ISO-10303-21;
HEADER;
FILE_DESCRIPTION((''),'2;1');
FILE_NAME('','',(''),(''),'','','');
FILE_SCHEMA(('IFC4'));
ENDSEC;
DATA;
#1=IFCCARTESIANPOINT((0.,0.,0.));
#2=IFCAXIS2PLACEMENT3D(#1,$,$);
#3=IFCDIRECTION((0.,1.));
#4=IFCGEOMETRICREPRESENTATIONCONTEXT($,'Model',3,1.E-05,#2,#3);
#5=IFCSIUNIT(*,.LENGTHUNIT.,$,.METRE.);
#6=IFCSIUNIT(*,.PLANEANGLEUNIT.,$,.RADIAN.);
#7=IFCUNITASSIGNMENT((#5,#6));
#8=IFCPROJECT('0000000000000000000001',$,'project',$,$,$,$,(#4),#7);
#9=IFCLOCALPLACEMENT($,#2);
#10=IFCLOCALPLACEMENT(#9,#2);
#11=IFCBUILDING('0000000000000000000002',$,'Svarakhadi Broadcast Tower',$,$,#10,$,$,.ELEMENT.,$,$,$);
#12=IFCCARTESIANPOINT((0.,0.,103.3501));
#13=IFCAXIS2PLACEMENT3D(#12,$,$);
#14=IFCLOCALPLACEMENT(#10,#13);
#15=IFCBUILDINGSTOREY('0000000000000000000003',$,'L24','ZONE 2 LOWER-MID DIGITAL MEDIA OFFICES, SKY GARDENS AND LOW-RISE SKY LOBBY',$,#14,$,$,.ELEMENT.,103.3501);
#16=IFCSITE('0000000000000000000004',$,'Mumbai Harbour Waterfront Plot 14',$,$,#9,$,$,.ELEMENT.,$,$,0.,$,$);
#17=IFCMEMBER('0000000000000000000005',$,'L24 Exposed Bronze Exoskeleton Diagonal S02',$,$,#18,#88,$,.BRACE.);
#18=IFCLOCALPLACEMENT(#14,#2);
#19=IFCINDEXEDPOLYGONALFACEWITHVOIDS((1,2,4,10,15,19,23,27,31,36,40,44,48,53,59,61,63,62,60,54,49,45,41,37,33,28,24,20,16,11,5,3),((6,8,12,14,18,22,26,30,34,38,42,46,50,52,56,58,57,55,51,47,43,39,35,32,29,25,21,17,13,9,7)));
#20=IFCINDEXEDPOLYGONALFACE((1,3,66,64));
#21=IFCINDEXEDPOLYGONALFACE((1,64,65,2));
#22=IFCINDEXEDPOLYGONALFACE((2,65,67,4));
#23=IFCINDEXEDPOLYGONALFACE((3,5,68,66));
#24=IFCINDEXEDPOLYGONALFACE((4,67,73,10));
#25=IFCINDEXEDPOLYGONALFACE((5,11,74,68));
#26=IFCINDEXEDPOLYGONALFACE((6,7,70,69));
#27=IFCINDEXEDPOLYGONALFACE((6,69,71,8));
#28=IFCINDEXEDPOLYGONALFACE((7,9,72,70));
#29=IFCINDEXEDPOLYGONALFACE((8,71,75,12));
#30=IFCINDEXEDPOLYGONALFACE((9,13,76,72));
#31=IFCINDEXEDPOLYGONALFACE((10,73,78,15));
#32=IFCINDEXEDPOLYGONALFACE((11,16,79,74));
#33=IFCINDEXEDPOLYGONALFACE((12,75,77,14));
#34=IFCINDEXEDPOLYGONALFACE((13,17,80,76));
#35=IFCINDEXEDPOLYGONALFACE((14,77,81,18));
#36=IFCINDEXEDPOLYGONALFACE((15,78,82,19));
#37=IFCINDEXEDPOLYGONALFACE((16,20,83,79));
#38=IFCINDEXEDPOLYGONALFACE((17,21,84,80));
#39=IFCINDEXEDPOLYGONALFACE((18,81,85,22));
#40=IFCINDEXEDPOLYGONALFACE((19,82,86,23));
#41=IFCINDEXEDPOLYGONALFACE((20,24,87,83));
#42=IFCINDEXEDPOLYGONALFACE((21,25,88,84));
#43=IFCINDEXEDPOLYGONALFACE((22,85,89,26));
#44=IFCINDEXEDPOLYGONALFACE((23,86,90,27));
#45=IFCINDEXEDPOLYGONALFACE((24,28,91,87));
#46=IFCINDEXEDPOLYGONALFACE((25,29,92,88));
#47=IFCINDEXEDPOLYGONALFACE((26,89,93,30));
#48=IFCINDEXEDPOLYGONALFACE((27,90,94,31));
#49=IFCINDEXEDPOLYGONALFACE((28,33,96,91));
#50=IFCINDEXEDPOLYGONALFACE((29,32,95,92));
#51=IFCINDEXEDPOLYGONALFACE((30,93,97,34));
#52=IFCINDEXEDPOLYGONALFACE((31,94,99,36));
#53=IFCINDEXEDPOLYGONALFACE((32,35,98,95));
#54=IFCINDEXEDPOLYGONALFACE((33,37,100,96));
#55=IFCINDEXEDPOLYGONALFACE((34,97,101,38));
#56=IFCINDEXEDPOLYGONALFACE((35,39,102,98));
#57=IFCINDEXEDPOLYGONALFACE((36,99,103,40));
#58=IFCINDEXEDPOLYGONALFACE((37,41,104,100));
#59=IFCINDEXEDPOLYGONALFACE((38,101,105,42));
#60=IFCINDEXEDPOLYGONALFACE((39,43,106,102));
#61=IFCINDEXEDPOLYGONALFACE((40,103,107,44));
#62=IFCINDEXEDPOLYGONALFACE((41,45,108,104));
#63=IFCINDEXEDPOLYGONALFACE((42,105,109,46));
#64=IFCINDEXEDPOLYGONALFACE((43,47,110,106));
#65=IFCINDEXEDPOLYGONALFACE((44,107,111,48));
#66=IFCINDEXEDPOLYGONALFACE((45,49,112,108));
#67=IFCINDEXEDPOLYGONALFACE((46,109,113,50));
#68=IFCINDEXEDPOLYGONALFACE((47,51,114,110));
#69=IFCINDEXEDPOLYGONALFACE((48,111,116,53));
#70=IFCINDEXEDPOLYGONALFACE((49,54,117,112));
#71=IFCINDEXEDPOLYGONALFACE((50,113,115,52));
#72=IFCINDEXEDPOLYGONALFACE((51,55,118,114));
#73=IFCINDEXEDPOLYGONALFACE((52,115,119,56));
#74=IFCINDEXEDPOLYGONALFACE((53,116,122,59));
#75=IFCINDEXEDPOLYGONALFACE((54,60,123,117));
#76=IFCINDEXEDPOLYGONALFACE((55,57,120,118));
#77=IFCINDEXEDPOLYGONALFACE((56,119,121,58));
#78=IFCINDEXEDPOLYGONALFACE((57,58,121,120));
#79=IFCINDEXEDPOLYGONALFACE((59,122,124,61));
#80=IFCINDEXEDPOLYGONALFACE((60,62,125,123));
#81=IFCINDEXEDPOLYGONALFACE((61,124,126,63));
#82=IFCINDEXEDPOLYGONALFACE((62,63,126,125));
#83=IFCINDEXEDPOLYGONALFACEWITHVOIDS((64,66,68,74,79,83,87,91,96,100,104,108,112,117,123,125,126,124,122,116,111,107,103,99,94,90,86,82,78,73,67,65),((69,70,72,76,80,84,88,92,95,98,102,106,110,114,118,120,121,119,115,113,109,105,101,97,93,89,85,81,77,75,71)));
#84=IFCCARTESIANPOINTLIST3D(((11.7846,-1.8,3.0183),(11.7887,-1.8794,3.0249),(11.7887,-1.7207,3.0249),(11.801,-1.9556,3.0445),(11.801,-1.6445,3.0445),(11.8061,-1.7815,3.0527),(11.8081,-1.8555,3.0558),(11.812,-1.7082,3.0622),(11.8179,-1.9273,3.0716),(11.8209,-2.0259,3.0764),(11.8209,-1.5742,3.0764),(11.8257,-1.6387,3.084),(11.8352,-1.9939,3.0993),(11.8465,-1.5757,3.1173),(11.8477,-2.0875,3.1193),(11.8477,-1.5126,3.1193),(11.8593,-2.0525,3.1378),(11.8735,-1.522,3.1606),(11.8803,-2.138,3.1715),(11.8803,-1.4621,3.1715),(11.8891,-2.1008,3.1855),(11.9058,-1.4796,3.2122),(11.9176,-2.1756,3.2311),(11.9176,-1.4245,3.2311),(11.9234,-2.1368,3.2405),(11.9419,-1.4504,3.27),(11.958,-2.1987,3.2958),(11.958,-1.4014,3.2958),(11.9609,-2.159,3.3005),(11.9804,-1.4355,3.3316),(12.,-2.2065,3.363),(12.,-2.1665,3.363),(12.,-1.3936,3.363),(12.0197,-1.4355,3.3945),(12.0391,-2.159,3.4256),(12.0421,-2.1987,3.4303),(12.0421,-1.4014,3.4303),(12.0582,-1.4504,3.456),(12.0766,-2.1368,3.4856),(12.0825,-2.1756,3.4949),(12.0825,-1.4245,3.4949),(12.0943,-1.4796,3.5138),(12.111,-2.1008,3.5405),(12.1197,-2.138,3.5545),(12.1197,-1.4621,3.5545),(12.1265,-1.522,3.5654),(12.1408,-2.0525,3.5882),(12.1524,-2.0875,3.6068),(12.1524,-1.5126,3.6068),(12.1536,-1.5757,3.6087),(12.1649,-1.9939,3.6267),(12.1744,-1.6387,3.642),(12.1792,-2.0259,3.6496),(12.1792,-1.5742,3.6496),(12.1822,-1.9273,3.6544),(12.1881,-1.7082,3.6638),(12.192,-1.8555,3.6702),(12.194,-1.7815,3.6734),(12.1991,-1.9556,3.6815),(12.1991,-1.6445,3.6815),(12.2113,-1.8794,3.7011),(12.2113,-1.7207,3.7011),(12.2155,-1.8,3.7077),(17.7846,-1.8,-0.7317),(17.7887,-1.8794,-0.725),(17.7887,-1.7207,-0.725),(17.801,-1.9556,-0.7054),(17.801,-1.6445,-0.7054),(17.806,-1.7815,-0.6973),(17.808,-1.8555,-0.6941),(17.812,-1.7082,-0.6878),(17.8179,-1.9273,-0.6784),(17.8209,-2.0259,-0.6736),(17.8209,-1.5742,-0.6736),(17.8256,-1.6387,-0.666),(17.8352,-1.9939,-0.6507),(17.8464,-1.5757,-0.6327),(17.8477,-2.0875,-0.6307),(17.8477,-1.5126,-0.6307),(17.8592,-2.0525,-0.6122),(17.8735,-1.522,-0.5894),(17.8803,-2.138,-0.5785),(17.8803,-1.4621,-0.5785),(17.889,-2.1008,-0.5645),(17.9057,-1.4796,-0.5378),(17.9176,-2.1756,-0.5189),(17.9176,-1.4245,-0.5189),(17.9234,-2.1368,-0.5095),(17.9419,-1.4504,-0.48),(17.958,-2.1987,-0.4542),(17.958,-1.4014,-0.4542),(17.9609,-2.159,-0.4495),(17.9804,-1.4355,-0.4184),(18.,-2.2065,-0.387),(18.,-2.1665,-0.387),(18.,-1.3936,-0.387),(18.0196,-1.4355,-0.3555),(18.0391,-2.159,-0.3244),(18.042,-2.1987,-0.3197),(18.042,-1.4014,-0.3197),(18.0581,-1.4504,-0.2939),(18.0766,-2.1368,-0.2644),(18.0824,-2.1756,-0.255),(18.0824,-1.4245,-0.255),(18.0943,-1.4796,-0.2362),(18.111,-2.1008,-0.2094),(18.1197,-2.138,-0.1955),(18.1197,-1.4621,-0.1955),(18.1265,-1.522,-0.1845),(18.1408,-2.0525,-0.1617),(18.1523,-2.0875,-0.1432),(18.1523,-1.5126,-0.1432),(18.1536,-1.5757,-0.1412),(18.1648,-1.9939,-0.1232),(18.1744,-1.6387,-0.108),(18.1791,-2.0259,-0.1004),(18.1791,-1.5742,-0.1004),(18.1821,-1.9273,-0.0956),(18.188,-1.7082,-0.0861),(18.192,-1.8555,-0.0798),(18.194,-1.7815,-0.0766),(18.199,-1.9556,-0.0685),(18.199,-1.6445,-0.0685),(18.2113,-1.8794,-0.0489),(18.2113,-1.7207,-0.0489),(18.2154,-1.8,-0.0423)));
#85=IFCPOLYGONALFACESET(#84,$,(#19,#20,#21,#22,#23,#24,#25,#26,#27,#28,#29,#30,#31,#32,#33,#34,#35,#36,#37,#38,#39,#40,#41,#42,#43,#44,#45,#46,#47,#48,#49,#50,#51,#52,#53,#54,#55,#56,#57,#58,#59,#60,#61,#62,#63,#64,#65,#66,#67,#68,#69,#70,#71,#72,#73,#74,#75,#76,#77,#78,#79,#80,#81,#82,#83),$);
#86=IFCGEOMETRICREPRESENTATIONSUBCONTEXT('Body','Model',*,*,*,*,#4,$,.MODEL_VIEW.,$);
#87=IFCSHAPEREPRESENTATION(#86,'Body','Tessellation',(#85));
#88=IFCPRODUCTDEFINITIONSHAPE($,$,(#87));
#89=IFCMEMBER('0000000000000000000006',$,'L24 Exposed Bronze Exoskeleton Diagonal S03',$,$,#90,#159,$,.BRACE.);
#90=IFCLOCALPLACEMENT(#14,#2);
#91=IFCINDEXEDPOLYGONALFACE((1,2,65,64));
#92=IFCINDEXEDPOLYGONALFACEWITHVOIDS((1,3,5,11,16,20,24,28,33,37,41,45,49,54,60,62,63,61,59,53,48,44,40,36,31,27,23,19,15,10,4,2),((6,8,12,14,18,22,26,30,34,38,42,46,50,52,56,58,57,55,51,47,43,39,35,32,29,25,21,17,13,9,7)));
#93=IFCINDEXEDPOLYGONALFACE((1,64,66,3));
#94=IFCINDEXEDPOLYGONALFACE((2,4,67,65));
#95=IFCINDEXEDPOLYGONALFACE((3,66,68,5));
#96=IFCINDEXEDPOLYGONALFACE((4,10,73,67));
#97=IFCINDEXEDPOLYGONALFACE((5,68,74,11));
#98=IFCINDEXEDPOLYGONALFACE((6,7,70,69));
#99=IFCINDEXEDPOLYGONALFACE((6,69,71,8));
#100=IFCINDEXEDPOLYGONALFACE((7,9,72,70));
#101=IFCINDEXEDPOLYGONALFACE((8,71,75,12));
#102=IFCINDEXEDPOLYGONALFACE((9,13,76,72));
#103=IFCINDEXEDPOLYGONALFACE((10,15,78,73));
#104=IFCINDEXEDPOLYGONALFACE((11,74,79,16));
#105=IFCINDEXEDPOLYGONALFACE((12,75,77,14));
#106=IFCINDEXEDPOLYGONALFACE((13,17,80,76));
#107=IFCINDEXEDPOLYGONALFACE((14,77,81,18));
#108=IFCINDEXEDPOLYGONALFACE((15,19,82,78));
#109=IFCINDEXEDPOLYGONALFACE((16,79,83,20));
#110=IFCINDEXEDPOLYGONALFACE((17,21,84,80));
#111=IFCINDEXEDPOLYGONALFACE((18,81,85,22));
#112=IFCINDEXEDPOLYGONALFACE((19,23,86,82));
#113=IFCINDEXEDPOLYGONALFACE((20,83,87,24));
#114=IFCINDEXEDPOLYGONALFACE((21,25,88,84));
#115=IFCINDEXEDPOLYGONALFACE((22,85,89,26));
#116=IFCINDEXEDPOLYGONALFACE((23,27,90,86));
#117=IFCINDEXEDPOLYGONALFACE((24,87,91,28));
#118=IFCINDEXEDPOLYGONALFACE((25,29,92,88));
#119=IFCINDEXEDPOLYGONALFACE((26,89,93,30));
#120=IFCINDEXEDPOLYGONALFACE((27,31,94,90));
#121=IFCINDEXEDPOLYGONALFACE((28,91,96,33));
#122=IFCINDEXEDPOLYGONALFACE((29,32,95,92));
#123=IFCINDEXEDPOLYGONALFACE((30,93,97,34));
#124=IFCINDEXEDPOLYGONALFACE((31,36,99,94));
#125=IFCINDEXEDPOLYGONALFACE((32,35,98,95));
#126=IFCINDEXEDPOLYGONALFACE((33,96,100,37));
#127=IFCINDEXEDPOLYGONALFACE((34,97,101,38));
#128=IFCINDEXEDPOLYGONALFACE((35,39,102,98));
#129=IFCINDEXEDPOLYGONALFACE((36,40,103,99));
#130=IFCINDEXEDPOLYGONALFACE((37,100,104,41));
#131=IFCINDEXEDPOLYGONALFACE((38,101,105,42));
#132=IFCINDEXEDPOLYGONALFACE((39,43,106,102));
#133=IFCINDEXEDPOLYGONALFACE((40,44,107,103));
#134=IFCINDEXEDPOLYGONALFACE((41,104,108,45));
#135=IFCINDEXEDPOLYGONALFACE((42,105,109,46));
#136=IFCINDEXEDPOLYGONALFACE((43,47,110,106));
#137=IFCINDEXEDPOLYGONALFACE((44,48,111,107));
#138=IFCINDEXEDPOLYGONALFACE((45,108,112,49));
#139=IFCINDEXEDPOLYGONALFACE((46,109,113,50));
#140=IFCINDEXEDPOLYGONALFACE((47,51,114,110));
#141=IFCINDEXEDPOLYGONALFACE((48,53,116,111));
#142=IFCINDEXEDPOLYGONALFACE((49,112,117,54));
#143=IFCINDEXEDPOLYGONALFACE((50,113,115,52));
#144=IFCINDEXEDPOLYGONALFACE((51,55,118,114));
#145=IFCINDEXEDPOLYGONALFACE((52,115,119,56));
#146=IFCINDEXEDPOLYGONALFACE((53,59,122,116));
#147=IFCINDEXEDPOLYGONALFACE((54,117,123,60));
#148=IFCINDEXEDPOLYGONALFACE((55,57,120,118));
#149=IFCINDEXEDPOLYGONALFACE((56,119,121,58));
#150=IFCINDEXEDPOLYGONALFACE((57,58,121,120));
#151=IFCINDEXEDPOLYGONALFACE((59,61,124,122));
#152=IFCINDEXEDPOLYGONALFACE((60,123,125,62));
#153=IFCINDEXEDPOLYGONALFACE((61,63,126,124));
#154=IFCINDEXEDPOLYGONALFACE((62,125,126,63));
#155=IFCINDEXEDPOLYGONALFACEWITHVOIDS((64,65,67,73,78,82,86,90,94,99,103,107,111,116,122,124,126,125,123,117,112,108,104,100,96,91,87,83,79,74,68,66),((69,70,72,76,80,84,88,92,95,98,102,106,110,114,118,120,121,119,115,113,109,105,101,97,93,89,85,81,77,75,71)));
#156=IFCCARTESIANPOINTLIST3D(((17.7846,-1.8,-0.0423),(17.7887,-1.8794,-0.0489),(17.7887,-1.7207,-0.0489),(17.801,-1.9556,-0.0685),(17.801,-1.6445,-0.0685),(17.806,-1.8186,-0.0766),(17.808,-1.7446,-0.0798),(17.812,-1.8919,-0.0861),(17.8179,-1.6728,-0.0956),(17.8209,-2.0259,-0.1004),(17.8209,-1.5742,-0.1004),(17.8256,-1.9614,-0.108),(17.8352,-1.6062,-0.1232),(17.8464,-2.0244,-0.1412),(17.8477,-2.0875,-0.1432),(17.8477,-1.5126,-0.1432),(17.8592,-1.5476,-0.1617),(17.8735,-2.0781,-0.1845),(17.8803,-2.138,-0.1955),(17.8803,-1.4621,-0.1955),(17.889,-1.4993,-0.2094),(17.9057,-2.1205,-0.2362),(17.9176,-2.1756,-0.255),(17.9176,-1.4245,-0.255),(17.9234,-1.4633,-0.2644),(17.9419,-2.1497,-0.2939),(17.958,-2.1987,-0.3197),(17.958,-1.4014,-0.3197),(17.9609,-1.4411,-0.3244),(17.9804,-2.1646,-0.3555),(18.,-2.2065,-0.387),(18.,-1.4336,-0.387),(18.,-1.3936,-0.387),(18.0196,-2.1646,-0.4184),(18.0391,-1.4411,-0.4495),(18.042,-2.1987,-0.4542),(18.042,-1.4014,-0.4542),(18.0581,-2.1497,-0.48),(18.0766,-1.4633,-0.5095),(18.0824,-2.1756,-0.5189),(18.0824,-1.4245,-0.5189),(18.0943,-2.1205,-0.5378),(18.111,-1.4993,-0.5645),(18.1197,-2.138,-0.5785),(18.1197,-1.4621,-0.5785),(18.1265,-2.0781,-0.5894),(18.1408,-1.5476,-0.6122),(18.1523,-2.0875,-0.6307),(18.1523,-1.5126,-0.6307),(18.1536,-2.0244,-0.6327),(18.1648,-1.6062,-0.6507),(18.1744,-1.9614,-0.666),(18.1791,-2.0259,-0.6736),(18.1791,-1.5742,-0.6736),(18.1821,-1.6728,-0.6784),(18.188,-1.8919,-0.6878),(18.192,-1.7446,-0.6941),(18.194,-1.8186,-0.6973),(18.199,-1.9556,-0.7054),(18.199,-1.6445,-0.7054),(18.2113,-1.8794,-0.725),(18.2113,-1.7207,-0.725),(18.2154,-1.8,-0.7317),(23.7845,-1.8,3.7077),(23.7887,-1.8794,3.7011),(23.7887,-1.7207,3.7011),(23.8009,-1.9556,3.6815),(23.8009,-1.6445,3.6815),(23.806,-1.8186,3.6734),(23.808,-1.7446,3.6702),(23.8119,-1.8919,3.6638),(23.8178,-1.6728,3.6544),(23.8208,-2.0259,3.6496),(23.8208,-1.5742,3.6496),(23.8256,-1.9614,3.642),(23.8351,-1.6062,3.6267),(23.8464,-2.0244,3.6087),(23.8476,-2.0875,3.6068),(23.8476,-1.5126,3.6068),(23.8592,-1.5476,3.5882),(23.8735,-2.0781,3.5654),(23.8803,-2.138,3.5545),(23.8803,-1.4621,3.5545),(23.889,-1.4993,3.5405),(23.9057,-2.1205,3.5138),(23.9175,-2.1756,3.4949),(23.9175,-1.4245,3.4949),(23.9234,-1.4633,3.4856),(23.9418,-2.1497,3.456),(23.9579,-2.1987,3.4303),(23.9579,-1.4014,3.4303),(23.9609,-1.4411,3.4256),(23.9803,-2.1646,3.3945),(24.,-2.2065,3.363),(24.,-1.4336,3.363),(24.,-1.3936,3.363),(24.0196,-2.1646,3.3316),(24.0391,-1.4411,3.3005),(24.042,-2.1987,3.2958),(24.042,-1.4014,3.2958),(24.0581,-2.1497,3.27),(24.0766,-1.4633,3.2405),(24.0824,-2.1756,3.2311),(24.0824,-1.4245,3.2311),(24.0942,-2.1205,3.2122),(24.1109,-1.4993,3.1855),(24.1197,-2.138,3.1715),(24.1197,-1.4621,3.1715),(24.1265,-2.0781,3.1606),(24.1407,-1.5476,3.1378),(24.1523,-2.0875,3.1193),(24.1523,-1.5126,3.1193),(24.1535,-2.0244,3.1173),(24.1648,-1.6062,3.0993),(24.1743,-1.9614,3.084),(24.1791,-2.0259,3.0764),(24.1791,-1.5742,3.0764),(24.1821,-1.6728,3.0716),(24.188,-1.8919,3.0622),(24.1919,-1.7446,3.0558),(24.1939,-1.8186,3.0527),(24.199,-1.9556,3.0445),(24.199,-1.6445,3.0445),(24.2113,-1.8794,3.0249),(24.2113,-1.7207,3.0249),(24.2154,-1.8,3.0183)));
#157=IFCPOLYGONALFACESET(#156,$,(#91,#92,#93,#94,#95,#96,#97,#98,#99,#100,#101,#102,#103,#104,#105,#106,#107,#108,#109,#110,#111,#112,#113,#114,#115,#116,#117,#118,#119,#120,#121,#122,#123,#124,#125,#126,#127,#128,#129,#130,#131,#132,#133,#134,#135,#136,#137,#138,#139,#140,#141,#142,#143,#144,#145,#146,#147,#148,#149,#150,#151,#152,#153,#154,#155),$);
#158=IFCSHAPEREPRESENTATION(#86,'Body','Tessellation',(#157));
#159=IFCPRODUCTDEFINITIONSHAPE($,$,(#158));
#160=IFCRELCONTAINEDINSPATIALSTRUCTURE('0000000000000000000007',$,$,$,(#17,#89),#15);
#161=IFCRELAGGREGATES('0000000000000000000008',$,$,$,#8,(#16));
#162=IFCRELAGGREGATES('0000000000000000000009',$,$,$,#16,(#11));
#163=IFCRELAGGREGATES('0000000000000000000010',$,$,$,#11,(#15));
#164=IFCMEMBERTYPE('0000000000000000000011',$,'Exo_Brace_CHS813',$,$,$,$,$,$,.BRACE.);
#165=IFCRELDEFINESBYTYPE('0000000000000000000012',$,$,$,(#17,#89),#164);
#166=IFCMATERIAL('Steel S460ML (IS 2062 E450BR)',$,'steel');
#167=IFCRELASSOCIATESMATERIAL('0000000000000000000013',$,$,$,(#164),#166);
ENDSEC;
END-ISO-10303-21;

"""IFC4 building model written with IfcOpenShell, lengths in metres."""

from ifc_helpers import new_model, si_unit, direction, frame, origin, origin_2d, place, context, subcontext, project, spatial, hollow_circle, extrude, material, material_profile, profile_set, type_object, element, save


model = new_model("IFC4")

# Units and contexts
model_context = context("Model", 3, precision=1e-05, world=origin(), true_north=direction((0.0, 1.0)))
body_context = subcontext(model_context, "Body", "Model", "MODEL_VIEW")
ifc_project = project(units=[si_unit("LENGTHUNIT", "METRE"), si_unit("PLANEANGLEUNIT", "RADIAN")], contexts=[model_context])

# Site, building, storey
site_placement = place(None, origin())
site = spatial("IfcSite", under=ifc_project, at=site_placement, Name="Mumbai Harbour Waterfront Plot 14", CompositionType="ELEMENT", RefElevation=0.0)
building_placement = place(site_placement, origin())
building = spatial("IfcBuilding", under=site, at=building_placement, Name="Svarakhadi Broadcast Tower", CompositionType="ELEMENT")
storey_placement = place(building_placement, frame((0.0, 0.0, 103.3501)))
storey = spatial("IfcBuildingStorey", under=building, at=storey_placement, Name="L24", Description="ZONE 2 LOWER-MID DIGITAL MEDIA OFFICES, SKY GARDENS AND LOW-RISE SKY LOBBY", CompositionType="ELEMENT", Elevation=103.3501)

# Members
ifc_material_1 = material(Name="Steel S460ML (IS 2062 E450BR)", Category="steel")
ifc_material_profile_1 = material_profile(ifc_material_1, hollow_circle(Radius=0.4065, WallThickness=0.04, at=origin_2d()), Name="CHS 813x40")
ifc_profile_set_1 = profile_set([ifc_material_profile_1], Name="Steel S460ML (IS 2062 E450BR)")
member_type_1 = type_object("IfcMemberType", Name="Exo_Brace_CHS813", PredefinedType="BRACE", material=ifc_profile_set_1)
for number, where, z_axis, x_axis, name in (
    (1, (18.0, -1.8, -0.387), (-0.847998, 0.0, 0.529999), (0.0, -1.0, 0.0), "L24 Exposed Bronze Exoskeleton Diagonal S02"),
    (2, (18.0, -1.8, -0.387), (0.847998, 0.0, 0.529999), (0.0, 1.0, 0.0), "L24 Exposed Bronze Exoskeleton Diagonal S03"),
):
    element("IfcMember", number, at=place(storey_placement, frame(where, z_axis=z_axis, x_axis=x_axis)), inside=storey, type_object=member_type_1, Name=name, PredefinedType="BRACE", context=body_context, shape_type="SweptSolid", body=[
        extrude(hollow_circle(Radius=0.4065, WallThickness=0.04, at=origin_2d()), origin(), (0.0, 0.0, 1.0), 7.0754),
    ])

save(model, "model.ifc")
